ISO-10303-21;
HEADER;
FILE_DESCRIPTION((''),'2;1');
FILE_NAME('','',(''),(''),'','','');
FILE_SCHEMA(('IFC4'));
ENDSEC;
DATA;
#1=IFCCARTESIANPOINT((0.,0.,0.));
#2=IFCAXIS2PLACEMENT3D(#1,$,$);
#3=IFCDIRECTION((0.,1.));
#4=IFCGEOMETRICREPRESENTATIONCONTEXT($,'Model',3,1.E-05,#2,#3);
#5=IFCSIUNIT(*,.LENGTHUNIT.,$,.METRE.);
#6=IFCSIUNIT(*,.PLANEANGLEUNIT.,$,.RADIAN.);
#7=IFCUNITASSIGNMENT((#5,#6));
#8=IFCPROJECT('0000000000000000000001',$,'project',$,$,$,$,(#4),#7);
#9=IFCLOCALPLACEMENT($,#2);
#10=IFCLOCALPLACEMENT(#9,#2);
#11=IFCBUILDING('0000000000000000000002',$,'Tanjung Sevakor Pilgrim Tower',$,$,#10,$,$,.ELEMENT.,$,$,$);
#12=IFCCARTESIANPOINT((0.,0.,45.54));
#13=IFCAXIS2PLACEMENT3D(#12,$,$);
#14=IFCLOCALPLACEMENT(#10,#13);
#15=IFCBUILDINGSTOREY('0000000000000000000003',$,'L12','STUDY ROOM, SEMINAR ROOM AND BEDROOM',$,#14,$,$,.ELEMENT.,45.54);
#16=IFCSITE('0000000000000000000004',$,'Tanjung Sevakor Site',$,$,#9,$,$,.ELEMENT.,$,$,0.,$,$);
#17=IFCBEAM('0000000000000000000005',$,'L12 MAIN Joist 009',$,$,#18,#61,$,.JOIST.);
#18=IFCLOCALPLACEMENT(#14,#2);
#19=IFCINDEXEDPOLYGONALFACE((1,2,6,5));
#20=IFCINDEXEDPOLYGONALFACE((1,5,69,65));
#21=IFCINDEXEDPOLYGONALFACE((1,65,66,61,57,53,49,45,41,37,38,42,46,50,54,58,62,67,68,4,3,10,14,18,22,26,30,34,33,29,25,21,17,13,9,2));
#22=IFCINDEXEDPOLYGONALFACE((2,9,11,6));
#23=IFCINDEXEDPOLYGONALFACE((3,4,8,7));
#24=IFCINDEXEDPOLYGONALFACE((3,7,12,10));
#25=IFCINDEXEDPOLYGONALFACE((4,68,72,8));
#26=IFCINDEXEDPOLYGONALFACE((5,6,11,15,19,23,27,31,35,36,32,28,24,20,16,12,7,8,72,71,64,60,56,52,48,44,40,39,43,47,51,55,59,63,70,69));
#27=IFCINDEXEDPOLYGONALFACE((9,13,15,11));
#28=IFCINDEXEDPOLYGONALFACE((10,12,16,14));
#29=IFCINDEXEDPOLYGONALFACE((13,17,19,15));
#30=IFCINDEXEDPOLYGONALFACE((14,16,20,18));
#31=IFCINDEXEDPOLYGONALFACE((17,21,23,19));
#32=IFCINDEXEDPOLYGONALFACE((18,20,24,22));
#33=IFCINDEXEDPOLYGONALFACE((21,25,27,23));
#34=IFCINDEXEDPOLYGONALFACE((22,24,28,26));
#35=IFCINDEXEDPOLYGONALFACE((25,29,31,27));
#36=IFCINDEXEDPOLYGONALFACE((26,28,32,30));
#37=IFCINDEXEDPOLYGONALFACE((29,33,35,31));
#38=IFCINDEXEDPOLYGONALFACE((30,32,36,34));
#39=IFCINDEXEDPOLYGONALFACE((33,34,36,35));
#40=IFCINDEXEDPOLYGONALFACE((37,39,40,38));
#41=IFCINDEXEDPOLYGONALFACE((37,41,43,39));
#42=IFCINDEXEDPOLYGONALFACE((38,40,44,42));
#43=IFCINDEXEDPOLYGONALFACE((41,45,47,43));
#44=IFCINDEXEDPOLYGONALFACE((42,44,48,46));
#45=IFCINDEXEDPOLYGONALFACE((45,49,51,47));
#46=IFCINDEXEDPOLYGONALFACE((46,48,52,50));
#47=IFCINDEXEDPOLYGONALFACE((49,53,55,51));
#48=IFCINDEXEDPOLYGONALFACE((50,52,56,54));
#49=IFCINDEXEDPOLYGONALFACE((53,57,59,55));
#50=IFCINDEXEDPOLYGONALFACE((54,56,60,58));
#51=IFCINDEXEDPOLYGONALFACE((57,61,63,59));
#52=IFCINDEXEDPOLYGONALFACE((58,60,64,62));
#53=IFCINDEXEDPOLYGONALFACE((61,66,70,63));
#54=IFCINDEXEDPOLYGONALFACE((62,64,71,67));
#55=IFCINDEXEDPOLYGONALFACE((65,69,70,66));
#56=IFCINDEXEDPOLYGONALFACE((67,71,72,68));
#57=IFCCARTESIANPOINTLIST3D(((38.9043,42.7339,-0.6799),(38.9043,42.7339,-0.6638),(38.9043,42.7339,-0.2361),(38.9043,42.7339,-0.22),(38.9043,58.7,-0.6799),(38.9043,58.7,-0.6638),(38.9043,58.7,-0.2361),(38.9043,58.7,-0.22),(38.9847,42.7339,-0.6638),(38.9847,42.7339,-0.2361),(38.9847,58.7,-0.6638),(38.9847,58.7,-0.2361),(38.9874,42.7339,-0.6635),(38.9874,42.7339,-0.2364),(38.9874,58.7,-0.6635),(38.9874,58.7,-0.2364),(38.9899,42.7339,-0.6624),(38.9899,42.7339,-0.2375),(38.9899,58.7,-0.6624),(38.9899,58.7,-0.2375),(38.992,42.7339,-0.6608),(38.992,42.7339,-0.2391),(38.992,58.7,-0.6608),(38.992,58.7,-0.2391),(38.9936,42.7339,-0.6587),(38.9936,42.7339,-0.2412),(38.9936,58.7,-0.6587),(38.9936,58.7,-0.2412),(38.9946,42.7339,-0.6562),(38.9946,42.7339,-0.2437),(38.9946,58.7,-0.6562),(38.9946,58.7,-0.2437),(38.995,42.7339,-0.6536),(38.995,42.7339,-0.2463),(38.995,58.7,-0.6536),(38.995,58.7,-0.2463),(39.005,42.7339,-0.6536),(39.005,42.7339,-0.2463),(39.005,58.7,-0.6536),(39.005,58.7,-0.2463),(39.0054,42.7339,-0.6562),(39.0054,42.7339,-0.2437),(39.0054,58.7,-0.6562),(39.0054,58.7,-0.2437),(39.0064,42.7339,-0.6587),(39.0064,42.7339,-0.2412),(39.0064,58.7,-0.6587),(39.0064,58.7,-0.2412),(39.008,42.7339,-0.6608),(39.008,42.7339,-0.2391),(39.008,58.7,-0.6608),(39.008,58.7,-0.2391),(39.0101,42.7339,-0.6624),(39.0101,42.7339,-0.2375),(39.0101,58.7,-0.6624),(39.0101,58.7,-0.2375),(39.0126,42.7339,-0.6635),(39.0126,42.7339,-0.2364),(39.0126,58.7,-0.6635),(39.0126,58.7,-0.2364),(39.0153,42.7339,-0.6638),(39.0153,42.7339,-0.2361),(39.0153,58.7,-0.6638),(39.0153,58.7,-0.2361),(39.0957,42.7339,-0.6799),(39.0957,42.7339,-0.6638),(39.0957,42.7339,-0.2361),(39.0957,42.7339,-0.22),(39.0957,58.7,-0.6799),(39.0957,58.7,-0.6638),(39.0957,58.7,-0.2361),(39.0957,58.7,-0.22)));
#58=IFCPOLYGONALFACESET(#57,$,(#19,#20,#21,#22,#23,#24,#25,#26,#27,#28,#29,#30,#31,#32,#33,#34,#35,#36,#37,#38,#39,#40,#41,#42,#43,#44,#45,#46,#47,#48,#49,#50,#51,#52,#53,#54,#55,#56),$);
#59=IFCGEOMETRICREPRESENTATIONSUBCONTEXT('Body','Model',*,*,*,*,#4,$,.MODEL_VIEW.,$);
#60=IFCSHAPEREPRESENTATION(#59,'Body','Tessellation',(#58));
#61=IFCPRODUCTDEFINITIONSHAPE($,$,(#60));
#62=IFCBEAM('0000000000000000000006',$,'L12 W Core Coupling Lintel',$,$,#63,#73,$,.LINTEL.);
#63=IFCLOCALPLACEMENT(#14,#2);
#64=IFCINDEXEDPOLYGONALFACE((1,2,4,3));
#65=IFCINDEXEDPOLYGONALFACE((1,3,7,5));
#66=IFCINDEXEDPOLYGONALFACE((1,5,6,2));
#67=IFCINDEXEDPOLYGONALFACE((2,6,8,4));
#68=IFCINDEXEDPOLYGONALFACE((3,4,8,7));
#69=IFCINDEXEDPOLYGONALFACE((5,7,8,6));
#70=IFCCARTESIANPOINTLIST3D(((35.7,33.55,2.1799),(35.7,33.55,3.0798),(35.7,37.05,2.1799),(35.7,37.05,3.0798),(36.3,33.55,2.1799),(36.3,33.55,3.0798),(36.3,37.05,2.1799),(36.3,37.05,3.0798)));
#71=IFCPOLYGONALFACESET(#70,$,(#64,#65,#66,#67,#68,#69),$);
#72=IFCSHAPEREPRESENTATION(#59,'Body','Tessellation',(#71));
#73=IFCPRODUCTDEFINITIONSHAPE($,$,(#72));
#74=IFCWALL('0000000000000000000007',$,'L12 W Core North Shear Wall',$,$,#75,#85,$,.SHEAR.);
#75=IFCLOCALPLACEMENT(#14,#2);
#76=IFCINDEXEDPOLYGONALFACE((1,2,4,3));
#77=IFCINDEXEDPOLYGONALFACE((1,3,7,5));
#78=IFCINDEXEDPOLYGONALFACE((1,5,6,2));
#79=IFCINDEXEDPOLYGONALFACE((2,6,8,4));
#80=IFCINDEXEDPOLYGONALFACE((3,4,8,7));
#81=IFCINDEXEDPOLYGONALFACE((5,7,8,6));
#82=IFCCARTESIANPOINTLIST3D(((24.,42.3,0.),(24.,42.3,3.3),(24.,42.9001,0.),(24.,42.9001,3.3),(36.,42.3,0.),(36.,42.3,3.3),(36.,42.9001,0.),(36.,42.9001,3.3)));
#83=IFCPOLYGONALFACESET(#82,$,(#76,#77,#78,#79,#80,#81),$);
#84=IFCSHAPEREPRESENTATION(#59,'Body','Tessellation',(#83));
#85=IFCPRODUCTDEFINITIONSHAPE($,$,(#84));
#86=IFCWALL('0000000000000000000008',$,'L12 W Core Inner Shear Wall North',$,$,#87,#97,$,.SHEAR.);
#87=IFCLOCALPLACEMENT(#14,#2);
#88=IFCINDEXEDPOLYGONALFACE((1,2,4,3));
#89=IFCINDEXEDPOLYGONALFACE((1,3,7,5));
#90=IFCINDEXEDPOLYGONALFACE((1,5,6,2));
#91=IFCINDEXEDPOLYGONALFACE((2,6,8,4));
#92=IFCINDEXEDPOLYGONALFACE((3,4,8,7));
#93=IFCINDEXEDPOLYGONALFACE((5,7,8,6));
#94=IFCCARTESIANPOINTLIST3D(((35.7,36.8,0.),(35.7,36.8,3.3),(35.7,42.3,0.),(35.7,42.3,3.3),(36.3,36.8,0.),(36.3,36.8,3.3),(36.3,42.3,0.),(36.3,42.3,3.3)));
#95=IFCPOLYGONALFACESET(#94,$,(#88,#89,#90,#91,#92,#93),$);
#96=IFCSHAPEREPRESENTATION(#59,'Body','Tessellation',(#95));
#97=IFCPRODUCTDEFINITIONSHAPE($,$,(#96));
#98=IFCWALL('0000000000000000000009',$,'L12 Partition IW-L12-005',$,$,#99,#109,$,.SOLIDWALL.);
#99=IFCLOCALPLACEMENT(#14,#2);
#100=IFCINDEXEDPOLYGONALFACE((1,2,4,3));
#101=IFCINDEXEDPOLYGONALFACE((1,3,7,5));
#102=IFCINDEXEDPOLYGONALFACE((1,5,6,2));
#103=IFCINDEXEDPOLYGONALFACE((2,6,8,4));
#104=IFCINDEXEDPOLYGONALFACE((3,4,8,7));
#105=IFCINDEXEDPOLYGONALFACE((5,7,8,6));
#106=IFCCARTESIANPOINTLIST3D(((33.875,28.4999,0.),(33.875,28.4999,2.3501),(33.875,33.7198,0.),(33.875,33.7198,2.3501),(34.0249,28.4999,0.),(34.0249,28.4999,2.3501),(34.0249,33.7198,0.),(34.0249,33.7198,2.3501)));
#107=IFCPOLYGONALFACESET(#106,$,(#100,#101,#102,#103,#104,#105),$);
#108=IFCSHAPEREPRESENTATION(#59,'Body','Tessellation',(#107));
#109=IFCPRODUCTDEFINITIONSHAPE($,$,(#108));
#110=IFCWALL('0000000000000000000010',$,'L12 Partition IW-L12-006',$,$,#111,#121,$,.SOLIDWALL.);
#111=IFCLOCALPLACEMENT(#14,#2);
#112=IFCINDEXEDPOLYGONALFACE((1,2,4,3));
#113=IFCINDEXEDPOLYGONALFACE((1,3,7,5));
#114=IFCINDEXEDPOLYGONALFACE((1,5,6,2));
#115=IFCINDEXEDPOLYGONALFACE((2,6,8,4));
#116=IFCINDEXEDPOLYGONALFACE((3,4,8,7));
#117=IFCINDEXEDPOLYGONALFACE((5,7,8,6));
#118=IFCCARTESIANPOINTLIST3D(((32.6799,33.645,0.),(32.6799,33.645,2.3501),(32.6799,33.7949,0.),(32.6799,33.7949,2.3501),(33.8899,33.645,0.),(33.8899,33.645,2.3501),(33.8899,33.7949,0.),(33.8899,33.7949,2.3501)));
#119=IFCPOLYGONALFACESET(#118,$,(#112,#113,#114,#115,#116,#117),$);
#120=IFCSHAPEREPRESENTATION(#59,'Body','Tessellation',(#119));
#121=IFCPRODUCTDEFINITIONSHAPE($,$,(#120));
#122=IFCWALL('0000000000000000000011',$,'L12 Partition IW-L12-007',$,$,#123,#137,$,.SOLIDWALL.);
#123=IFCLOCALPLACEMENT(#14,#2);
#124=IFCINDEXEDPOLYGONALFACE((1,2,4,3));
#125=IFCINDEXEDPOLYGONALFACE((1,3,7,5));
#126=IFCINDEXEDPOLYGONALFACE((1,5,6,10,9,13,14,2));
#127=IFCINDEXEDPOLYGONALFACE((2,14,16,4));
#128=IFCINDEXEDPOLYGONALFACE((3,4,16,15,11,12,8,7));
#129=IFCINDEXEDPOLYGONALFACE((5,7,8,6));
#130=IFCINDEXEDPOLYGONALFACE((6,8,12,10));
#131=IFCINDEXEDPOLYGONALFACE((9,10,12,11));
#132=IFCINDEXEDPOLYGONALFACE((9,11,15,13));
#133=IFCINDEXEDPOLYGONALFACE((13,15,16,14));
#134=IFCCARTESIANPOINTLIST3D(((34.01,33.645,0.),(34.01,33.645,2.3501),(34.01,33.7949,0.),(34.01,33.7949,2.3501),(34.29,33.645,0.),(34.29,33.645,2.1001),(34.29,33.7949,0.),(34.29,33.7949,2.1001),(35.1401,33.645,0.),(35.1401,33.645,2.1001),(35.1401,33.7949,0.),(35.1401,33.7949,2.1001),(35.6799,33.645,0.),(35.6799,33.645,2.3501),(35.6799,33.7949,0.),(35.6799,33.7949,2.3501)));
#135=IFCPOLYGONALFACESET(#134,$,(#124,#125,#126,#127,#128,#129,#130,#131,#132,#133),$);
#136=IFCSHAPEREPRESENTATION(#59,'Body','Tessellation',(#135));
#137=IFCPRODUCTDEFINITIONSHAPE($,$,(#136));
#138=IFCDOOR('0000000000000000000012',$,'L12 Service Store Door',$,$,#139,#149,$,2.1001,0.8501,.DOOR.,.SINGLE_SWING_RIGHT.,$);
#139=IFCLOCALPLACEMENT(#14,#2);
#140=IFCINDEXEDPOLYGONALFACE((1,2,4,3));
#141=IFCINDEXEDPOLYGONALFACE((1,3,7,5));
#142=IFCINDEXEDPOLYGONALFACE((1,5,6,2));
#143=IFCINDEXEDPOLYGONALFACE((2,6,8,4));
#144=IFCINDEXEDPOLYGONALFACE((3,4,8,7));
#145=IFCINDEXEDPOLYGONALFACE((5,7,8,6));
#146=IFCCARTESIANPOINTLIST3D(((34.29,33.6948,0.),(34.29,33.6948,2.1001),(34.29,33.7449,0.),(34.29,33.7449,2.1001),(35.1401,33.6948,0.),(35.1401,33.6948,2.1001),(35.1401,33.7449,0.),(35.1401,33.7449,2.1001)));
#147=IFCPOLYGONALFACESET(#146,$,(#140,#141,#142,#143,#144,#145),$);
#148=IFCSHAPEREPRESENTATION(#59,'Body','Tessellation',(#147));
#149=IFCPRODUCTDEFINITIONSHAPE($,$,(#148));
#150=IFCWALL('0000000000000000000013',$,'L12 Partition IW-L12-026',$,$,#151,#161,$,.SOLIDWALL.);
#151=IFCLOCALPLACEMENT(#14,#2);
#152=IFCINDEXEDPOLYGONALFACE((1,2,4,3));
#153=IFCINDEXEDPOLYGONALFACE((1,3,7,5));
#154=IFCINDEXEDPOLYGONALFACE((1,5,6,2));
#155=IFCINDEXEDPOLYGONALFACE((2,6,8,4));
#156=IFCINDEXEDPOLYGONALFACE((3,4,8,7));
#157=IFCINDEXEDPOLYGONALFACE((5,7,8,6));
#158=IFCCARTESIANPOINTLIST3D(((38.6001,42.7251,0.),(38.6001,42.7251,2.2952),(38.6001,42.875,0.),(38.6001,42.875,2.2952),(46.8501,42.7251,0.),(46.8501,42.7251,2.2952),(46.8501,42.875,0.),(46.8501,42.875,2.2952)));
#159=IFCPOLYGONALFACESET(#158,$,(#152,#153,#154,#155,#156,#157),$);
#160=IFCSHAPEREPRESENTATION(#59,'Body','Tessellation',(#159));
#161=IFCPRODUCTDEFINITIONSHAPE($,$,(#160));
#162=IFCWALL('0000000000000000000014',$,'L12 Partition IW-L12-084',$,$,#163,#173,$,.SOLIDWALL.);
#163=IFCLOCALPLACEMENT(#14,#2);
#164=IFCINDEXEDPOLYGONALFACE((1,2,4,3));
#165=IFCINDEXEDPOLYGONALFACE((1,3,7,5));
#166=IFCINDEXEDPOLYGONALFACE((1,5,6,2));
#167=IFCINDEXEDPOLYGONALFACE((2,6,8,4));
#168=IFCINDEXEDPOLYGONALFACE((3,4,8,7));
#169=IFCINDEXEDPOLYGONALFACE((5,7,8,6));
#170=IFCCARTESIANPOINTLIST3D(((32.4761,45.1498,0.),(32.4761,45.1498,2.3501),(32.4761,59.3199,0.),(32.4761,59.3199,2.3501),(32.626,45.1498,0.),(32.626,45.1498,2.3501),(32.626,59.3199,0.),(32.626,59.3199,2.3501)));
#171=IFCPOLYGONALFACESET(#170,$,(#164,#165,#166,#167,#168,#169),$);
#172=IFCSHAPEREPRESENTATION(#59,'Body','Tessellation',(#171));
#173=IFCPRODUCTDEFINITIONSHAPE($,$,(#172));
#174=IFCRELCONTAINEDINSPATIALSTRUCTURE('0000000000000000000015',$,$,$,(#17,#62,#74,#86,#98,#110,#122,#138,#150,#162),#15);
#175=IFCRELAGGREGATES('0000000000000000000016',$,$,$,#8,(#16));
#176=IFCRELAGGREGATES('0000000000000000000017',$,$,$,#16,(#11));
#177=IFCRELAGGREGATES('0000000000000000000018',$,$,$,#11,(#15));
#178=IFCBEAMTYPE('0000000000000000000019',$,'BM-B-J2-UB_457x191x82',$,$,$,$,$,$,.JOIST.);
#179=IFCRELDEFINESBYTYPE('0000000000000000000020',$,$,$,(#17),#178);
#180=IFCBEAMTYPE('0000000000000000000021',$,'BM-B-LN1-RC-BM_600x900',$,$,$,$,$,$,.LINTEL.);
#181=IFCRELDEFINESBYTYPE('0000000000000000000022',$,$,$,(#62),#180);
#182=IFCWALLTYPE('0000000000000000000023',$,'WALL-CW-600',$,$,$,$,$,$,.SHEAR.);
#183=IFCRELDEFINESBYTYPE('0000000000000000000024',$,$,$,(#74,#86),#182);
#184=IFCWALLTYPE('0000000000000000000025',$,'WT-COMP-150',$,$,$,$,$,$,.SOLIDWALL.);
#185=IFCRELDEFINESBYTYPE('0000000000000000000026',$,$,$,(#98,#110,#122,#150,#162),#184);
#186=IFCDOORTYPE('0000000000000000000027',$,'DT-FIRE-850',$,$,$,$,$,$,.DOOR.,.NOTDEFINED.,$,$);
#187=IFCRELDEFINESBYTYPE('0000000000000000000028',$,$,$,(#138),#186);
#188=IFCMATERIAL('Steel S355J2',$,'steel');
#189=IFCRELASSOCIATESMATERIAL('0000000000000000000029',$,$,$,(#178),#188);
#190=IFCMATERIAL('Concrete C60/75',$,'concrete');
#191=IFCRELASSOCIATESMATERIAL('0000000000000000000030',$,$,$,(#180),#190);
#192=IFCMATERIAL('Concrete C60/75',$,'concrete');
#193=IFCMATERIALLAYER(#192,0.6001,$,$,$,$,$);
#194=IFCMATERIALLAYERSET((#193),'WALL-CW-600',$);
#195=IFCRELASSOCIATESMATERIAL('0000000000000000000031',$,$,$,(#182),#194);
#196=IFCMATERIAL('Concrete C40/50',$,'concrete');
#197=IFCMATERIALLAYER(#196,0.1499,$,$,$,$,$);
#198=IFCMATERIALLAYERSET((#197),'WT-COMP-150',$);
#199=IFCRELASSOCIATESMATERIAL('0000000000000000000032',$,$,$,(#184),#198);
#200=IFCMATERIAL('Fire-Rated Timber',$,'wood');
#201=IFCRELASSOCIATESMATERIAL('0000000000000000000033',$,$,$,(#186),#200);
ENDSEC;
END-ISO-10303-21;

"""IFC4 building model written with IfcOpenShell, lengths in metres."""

from ifc_helpers import new_model, si_unit, direction, frame, frame_2d, origin, origin_2d, place, context, subcontext, project, spatial, rectangle, i_section, extrude, material, layer, layer_set, material_profile, profile_set, type_object, element, fill, save


model = new_model("IFC4")

# Units and contexts
model_context = context("Model", 3, precision=1e-05, world=origin(), true_north=direction((0.0, 1.0)))
body_context = subcontext(model_context, "Body", "Model", "MODEL_VIEW")
ifc_project = project(units=[si_unit("LENGTHUNIT", "METRE"), si_unit("PLANEANGLEUNIT", "RADIAN")], contexts=[model_context])

# Site, building, storey
site_placement = place(None, origin())
site = spatial("IfcSite", under=ifc_project, at=site_placement, Name="Tanjung Sevakor Site", CompositionType="ELEMENT", RefElevation=0.0)
building_placement = place(site_placement, origin())
building = spatial("IfcBuilding", under=site, at=building_placement, Name="Tanjung Sevakor Pilgrim Tower", CompositionType="ELEMENT")
storey_placement = place(building_placement, frame((0.0, 0.0, 45.54)))
storey = spatial("IfcBuildingStorey", under=building, at=storey_placement, Name="L12", Description="STUDY ROOM, SEMINAR ROOM AND BEDROOM", CompositionType="ELEMENT", Elevation=45.54)

# Beams
ifc_material_1 = material(Name="Steel S355J2", Category="steel")
ifc_material_profile_1 = material_profile(ifc_material_1, i_section(OverallWidth=0.1914, OverallDepth=0.46, WebThickness=0.01, FlangeThickness=0.0161, FilletRadius=0.0103, at=origin_2d()))
ifc_profile_set_1 = profile_set([ifc_material_profile_1], Name="Steel S355J2")
beam_type_1 = type_object("IfcBeamType", Name="BM-B-J2-UB_457x191x82", PredefinedType="JOIST", material=ifc_profile_set_1)
for number, where, z_axis, x_axis, name in (
    (1, (39.0, 42.7339, -0.45), (0.0, 1.0, 0.0), (-1.0, 0.0, 0.0), "L12 MAIN Joist 009"),
):
    element("IfcBeam", number, at=place(storey_placement, frame(where, z_axis=z_axis, x_axis=x_axis)), inside=storey, type_object=beam_type_1, Name=name, PredefinedType="JOIST", context=body_context, shape_type="SweptSolid", body=[
        extrude(i_section(OverallWidth=0.1914, OverallDepth=0.46, WebThickness=0.01, FlangeThickness=0.0161, FilletRadius=0.0103, at=origin_2d()), origin(), (0.0, 0.0, 1.0), 15.9661),
    ])
ifc_material_2 = material(Name="Concrete C60/75", Category="concrete")
ifc_material_profile_2 = material_profile(ifc_material_2, rectangle(XDim=0.6001, YDim=0.8999, at=origin_2d()))
ifc_profile_set_2 = profile_set([ifc_material_profile_2], Name="Concrete C60/75")
beam_type_2 = type_object("IfcBeamType", Name="BM-B-LN1-RC-BM_600x900", PredefinedType="LINTEL", material=ifc_profile_set_2)
beam_1_placement = place(storey_placement, frame((36.0, 33.55, 2.6299), z_axis=(0.0, 1.0, 0.0), x_axis=(-1.0, 0.0, 0.0)))
element("IfcBeam", 2, at=beam_1_placement, inside=storey, type_object=beam_type_2, Name="L12 W Core Coupling Lintel", PredefinedType="LINTEL", context=body_context, shape_type="SweptSolid", body=[
    extrude(rectangle(XDim=0.6001, YDim=0.8999, at=origin_2d()), origin(), (0.0, 0.0, 1.0), 3.5),
])

# Walls
ifc_material_3 = material(Name="Concrete C60/75", Category="concrete")
ifc_layer_1 = layer(ifc_material_3, 0.6001)
ifc_layer_set_1 = layer_set([ifc_layer_1], Name="WALL-CW-600")
wall_type_1 = type_object("IfcWallType", Name="WALL-CW-600", PredefinedType="SHEAR", material=ifc_layer_set_1)
wall_1_placement = place(storey_placement, frame((36.0, 42.6001, 0.0), z_axis=(0.0, 0.0, 1.0), x_axis=(-1.0, 0.0, 0.0)))
element("IfcWall", 3, at=wall_1_placement, inside=storey, type_object=wall_type_1, Name="L12 W Core North Shear Wall", PredefinedType="SHEAR", context=body_context, shape_type="SweptSolid", body=[
    extrude(rectangle(XDim=12.0, YDim=0.6001, at=frame_2d((6.0, 0.0))), origin(), (0.0, 0.0, 1.0), 3.3),
])
wall_2_placement = place(storey_placement, frame((36.0, 36.8, 0.0), z_axis=(0.0, 0.0, 1.0), x_axis=(0.0, 1.0, 0.0)))
element("IfcWall", 4, at=wall_2_placement, inside=storey, type_object=wall_type_1, Name="L12 W Core Inner Shear Wall North", PredefinedType="SHEAR", context=body_context, shape_type="SweptSolid", body=[
    extrude(rectangle(XDim=5.5, YDim=0.6001, at=frame_2d((2.75, 0.0))), origin(), (0.0, 0.0, 1.0), 3.3),
])
ifc_material_4 = material(Name="Concrete C40/50", Category="concrete")
ifc_layer_2 = layer(ifc_material_4, 0.1499)
ifc_layer_set_2 = layer_set([ifc_layer_2], Name="WT-COMP-150")
wall_type_2 = type_object("IfcWallType", Name="WT-COMP-150", PredefinedType="SOLIDWALL", material=ifc_layer_set_2)
wall_3_placement = place(storey_placement, frame((33.95, 28.5, 0.0), z_axis=(0.0, 0.0, 1.0), x_axis=(0.0, 1.0, 0.0)))
element("IfcWall", 5, at=wall_3_placement, inside=storey, type_object=wall_type_2, Name="L12 Partition IW-L12-005", PredefinedType="SOLIDWALL", context=body_context, shape_type="SweptSolid", body=[
    extrude(rectangle(XDim=5.22, YDim=0.1499, at=frame_2d((2.6099, 0.0))), origin(), (0.0, 0.0, 1.0), 2.3501),
])
wall_4_placement = place(storey_placement, frame((32.6799, 33.72, 0.0), z_axis=(0.0, 0.0, 1.0), x_axis=(1.0, 0.0, 0.0)))
element("IfcWall", 6, at=wall_4_placement, inside=storey, type_object=wall_type_2, Name="L12 Partition IW-L12-006", PredefinedType="SOLIDWALL", context=body_context, shape_type="SweptSolid", body=[
    extrude(rectangle(XDim=1.21, YDim=0.1499, at=frame_2d((0.605, 0.0))), origin(), (0.0, 0.0, 1.0), 2.3501),
])

# Wall, opening, door
wall_5_placement = place(storey_placement, frame((34.01, 33.72, 0.0), z_axis=(0.0, 0.0, 1.0), x_axis=(1.0, 0.0, 0.0)))
wall_5 = element("IfcWall", 7, at=wall_5_placement, inside=storey, type_object=wall_type_2, Name="L12 Partition IW-L12-007", PredefinedType="SOLIDWALL", context=body_context, shape_type="SweptSolid", body=[
    extrude(rectangle(XDim=1.6699, YDim=0.1499, at=frame_2d((0.835, 0.0))), origin(), (0.0, 0.0, 1.0), 2.3501),
])
opening_1_placement = place(wall_5_placement, frame((0.28, 0.0, 0.0)))
opening_1 = element("IfcOpeningElement", 8, at=opening_1_placement, cuts=wall_5, PredefinedType="OPENING", context=body_context, shape_type="SweptSolid", body=[
    extrude(rectangle(XDim=0.8501, YDim=2.1001, at=frame_2d((0.425, 1.05))), frame((0.0, 0.085, 0.0), z_axis=(0.0, -1.0, 0.0), x_axis=(1.0, 0.0, 0.0)), (0.0, 0.0, 1.0), 0.1699),
])
ifc_material_5 = material(Name="Fire-Rated Timber", Category="wood")
door_type_1 = type_object("IfcDoorType", Name="DT-FIRE-850", OperationType="NOTDEFINED", PredefinedType="DOOR", material=ifc_material_5)
door_1_placement = place(opening_1_placement, origin())
door_1 = element("IfcDoor", 9, at=door_1_placement, inside=storey, type_object=door_type_1, Name="L12 Service Store Door", OperationType="SINGLE_SWING_RIGHT", OverallHeight=2.1001, OverallWidth=0.8501, PredefinedType="DOOR", context=body_context, shape_type="SweptSolid", body=[
    extrude(rectangle(XDim=0.8501, YDim=2.1001, at=frame_2d((0.425, 1.05))), frame((0.0, 0.0249, 0.0), z_axis=(0.0, -1.0, 0.0), x_axis=(1.0, 0.0, 0.0)), (0.0, 0.0, 1.0), 0.05),
])
fill(opening_1, door_1)

# Walls
wall_6_placement = place(storey_placement, frame((38.6001, 42.8, 0.0), z_axis=(0.0, 0.0, 1.0), x_axis=(1.0, 0.0, 0.0)))
element("IfcWall", 10, at=wall_6_placement, inside=storey, type_object=wall_type_2, Name="L12 Partition IW-L12-026", PredefinedType="SOLIDWALL", context=body_context, shape_type="SweptSolid", body=[
    extrude(rectangle(XDim=8.25, YDim=0.1499, at=frame_2d((4.125, 0.0))), origin(), (0.0, 0.0, 1.0), 2.2952),
])
wall_7_placement = place(storey_placement, frame((32.551, 45.1499, 0.0), z_axis=(0.0, 0.0, 1.0), x_axis=(0.0, 1.0, 0.0)))
element("IfcWall", 11, at=wall_7_placement, inside=storey, type_object=wall_type_2, Name="L12 Partition IW-L12-084", PredefinedType="SOLIDWALL", context=body_context, shape_type="SweptSolid", body=[
    extrude(rectangle(XDim=14.1702, YDim=0.1499, at=frame_2d((7.085, 0.0))), origin(), (0.0, 0.0, 1.0), 2.3501),
])

save(model, "model.ifc")
